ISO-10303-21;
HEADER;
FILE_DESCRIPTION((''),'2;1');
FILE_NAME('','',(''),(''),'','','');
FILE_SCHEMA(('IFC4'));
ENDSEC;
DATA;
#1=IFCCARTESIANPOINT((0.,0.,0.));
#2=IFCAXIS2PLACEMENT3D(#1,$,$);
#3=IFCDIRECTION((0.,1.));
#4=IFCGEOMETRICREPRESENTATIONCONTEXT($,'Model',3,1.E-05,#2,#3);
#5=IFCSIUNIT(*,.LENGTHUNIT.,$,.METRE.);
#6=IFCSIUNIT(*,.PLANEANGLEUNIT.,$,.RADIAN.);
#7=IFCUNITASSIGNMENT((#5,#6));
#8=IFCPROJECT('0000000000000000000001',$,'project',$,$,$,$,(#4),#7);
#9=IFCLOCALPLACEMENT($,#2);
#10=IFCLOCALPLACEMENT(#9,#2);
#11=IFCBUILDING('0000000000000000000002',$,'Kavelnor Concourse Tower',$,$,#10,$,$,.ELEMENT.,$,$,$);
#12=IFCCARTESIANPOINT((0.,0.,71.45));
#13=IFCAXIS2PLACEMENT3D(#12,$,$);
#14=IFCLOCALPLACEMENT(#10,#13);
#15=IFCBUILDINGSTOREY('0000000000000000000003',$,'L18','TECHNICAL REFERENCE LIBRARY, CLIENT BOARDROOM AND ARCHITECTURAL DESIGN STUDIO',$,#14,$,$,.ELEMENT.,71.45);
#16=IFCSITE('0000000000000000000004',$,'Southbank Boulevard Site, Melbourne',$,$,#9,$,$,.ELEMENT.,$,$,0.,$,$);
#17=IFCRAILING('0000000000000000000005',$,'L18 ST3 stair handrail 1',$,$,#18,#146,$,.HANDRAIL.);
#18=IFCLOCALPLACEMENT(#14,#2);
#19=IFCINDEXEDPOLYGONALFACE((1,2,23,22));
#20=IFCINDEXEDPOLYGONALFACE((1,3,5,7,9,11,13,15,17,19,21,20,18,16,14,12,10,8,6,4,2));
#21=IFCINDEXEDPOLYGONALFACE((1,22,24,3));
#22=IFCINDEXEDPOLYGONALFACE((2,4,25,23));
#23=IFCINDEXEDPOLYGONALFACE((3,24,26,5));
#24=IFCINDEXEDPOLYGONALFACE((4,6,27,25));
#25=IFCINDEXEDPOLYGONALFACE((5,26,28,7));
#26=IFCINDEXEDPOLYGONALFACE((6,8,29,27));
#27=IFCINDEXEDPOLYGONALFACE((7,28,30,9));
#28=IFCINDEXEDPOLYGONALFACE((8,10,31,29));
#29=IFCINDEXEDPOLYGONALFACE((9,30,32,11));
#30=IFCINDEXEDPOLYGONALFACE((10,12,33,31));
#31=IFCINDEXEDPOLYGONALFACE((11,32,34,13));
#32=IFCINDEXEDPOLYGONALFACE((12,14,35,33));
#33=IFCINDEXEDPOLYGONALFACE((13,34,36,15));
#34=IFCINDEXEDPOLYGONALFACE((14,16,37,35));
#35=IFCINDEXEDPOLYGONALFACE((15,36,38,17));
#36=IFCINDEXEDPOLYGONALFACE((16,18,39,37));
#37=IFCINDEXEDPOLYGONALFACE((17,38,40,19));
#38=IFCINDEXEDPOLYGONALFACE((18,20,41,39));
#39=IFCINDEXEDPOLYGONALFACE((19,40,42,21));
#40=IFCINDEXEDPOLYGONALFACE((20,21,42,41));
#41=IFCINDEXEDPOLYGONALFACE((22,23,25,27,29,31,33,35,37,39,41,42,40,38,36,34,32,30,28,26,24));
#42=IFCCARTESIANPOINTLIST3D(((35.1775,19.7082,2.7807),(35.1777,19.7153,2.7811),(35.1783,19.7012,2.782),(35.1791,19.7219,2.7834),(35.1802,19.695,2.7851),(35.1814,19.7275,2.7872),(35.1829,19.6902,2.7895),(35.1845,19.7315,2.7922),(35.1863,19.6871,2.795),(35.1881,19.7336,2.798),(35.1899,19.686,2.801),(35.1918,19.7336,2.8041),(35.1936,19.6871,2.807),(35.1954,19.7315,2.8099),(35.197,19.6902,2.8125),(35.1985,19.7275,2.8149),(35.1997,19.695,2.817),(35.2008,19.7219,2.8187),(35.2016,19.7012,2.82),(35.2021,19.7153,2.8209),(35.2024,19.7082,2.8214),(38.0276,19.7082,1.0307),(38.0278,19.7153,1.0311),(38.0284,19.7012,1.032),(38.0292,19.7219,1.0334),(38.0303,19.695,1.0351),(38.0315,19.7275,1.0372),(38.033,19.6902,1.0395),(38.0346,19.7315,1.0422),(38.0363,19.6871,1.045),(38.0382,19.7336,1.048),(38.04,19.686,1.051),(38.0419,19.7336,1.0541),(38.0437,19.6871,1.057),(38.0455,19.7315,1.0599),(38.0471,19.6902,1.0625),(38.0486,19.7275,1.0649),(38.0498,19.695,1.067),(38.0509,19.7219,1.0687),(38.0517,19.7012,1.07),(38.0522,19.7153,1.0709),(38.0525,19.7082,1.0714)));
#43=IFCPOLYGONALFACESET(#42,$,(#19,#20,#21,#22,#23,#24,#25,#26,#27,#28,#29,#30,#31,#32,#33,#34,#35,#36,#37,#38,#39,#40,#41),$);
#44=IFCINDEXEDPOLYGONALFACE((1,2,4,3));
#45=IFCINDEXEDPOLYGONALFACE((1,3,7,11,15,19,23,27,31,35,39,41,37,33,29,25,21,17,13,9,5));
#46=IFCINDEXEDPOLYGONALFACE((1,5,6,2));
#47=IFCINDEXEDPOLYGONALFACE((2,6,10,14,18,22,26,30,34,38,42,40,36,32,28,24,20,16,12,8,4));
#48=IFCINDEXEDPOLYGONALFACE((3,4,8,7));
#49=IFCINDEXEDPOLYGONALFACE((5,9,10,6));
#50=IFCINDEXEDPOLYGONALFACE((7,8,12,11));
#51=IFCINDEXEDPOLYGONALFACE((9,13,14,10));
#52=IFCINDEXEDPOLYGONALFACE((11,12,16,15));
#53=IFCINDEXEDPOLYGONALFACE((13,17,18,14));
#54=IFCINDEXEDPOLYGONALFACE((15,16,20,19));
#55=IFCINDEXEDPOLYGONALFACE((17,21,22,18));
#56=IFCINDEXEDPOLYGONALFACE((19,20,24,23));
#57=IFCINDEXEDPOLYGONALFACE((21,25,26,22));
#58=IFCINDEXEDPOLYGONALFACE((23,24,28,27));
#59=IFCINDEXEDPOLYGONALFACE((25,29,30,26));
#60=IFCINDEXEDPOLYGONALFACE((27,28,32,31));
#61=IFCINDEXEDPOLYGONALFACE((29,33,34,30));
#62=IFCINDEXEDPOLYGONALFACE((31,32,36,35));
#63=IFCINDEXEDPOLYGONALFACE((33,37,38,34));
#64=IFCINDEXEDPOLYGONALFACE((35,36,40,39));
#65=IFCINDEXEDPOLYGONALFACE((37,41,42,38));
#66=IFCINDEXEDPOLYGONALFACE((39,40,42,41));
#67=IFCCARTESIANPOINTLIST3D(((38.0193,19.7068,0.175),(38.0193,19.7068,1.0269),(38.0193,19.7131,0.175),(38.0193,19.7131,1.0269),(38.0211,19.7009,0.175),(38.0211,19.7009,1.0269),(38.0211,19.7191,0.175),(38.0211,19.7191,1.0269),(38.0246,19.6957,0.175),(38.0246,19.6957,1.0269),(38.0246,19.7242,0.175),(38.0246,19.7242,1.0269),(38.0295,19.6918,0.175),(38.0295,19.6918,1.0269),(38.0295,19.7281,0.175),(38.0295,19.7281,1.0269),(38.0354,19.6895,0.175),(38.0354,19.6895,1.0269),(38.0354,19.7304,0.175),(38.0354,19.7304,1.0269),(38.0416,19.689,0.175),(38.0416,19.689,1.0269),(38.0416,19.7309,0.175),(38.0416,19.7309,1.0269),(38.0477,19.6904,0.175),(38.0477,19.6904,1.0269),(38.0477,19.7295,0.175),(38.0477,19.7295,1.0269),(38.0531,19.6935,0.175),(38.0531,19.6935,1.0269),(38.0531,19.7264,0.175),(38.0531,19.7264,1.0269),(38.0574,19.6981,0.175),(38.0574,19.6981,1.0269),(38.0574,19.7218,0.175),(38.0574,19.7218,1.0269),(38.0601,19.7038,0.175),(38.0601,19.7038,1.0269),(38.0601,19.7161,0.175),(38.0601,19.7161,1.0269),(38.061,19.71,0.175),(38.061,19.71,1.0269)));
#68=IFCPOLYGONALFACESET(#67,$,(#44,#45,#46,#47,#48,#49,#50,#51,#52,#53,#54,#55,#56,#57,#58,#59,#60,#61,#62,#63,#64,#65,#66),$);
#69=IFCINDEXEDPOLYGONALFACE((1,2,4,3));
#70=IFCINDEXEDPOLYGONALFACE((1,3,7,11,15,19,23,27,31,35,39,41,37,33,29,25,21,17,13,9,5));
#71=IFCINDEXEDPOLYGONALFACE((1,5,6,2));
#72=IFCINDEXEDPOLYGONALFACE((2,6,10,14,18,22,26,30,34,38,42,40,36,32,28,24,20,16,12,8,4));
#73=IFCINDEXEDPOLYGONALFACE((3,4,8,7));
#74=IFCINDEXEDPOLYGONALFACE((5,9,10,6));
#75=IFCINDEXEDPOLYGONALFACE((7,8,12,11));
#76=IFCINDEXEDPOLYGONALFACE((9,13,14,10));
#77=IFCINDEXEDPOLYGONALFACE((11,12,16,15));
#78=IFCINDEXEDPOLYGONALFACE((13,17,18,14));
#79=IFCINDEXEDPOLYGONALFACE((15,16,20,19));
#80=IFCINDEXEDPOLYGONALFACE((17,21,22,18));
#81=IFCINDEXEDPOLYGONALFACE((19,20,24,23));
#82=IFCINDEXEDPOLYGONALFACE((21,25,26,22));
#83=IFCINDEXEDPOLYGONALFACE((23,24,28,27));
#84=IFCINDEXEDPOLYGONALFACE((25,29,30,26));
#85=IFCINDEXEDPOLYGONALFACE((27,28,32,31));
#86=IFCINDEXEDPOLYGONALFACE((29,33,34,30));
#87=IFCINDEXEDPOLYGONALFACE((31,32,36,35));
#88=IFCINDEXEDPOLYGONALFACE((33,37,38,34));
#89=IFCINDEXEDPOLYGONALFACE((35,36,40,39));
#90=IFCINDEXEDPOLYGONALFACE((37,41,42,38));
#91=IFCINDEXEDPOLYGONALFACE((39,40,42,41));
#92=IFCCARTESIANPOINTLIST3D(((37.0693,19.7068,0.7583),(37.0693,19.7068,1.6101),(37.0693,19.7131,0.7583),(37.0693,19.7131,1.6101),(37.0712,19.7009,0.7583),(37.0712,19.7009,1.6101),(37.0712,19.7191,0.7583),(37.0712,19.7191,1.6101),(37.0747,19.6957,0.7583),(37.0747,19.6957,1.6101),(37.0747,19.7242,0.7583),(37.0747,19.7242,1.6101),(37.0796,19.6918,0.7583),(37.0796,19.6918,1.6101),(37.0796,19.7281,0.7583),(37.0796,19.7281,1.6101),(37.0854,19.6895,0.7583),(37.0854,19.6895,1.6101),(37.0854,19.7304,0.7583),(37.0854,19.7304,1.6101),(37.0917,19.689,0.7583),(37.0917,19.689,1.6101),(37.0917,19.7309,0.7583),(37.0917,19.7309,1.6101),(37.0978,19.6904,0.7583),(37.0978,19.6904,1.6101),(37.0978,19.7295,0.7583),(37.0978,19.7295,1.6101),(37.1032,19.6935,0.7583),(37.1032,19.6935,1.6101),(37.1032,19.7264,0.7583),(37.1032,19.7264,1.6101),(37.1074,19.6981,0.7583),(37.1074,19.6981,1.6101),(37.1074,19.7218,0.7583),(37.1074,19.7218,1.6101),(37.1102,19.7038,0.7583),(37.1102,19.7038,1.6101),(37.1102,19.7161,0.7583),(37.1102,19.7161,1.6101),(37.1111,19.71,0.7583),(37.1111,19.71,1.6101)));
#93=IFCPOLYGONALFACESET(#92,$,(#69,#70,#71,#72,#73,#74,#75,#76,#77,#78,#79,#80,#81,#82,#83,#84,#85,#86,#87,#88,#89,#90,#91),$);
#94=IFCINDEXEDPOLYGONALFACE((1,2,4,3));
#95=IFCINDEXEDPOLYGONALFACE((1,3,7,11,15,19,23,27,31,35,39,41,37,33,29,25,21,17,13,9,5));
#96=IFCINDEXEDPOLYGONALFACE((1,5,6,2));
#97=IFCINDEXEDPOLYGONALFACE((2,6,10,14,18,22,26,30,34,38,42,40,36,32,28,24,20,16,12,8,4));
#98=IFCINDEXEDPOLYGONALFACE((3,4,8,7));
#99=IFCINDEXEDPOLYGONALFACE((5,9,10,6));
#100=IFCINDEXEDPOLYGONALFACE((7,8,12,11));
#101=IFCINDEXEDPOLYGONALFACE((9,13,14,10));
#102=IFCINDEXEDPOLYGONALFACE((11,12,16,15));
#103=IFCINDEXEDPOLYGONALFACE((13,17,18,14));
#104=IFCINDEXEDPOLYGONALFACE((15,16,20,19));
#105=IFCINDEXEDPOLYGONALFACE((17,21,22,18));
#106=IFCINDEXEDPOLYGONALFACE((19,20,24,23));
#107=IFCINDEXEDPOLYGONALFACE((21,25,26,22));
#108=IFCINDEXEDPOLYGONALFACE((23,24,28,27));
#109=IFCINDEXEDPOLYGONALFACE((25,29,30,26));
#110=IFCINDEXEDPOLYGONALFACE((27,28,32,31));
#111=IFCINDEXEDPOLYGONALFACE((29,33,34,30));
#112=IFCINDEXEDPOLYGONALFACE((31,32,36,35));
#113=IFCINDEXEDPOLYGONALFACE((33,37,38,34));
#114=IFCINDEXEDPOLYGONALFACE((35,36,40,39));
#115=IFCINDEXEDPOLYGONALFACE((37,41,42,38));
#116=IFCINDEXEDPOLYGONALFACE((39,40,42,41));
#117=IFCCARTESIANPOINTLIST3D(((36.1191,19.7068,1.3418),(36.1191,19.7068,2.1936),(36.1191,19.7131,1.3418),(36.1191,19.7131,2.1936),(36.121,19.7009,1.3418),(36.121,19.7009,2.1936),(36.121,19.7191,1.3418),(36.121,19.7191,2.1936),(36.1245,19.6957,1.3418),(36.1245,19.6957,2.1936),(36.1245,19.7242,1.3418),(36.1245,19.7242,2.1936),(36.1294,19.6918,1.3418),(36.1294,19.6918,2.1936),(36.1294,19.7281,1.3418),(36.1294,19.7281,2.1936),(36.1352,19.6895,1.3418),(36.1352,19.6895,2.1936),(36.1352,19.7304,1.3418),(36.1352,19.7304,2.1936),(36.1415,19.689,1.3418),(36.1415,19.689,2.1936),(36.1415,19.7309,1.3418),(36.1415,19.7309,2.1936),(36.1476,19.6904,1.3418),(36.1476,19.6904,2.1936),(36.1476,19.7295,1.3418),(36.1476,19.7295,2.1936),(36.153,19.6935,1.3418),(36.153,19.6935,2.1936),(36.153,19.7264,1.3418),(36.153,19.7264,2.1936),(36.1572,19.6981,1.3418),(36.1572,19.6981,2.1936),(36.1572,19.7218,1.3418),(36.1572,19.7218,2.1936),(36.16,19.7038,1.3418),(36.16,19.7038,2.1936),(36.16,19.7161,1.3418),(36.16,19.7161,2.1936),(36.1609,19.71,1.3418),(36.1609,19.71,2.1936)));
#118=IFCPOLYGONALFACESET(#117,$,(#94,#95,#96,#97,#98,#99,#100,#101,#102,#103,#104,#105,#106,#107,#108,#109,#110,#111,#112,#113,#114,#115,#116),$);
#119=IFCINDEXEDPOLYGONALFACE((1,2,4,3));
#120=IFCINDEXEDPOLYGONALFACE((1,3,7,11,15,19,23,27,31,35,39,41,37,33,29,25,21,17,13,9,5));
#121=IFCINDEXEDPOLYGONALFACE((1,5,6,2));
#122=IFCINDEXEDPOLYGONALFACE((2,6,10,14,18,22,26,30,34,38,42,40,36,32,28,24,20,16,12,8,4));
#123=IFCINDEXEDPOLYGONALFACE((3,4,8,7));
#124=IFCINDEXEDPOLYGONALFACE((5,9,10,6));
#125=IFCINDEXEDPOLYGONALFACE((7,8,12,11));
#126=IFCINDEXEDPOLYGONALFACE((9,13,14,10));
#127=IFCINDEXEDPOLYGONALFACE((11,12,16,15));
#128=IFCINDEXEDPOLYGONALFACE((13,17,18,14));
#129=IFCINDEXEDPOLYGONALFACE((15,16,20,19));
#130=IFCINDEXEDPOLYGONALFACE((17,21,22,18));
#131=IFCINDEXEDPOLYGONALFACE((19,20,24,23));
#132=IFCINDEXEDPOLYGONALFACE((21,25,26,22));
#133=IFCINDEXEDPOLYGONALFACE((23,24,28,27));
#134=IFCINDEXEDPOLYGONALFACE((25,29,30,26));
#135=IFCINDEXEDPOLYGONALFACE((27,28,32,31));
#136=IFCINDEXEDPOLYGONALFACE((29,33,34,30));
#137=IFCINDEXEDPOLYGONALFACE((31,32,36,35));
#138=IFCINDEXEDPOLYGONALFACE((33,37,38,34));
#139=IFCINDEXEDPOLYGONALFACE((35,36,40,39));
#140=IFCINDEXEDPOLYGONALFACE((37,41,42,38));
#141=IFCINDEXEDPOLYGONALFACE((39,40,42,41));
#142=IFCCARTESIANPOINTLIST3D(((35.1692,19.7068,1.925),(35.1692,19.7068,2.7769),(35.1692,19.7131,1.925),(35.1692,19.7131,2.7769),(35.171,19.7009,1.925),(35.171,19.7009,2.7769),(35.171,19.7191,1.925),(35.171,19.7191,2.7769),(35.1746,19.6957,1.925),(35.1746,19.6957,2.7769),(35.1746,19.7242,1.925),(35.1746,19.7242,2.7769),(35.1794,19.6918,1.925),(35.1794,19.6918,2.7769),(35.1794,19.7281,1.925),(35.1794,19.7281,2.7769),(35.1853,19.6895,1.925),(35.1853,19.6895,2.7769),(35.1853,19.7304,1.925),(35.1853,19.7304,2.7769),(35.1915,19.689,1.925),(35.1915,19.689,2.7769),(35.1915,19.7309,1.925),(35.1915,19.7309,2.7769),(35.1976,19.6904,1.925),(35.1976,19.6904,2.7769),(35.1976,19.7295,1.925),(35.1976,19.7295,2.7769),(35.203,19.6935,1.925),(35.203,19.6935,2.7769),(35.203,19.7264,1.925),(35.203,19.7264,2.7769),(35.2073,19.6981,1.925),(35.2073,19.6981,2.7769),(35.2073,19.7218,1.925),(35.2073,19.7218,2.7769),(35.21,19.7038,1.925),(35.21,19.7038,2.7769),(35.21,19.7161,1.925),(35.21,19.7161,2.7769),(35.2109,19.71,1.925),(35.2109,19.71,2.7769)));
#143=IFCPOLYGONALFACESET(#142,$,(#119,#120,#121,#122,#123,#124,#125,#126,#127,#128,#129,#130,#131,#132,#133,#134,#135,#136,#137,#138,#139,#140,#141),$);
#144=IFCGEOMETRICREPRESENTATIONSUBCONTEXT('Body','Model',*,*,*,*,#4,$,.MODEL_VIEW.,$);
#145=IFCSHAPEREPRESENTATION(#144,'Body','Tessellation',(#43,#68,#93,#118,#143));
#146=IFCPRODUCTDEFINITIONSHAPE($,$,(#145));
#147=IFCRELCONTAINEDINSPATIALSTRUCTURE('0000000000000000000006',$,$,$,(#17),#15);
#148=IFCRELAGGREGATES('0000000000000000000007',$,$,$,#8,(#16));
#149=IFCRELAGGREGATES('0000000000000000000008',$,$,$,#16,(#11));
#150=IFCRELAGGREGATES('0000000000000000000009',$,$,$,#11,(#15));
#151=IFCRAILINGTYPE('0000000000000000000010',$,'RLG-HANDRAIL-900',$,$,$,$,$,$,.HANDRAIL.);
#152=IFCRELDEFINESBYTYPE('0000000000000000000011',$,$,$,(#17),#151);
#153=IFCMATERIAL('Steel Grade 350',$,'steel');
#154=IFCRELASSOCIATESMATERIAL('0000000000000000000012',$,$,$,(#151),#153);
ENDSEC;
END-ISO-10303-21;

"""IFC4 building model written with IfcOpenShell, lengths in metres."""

from ifc_helpers import new_model, si_unit, direction, frame, origin, origin_2d, place, context, subcontext, project, spatial, circle, extrude, material, type_object, element, save


model = new_model("IFC4")

# Units and contexts
model_context = context("Model", 3, precision=1e-05, world=origin(), true_north=direction((0.0, 1.0)))
body_context = subcontext(model_context, "Body", "Model", "MODEL_VIEW")
ifc_project = project(units=[si_unit("LENGTHUNIT", "METRE"), si_unit("PLANEANGLEUNIT", "RADIAN")], contexts=[model_context])

# Site, building, storey
site_placement = place(None, origin())
site = spatial("IfcSite", under=ifc_project, at=site_placement, Name="Southbank Boulevard Site, Melbourne", CompositionType="ELEMENT", RefElevation=0.0)
building_placement = place(site_placement, origin())
building = spatial("IfcBuilding", under=site, at=building_placement, Name="Kavelnor Concourse Tower", CompositionType="ELEMENT")
storey_placement = place(building_placement, frame((0.0, 0.0, 71.45)))
storey = spatial("IfcBuildingStorey", under=building, at=storey_placement, Name="L18", Description="TECHNICAL REFERENCE LIBRARY, CLIENT BOARDROOM AND ARCHITECTURAL DESIGN STUDIO", CompositionType="ELEMENT", Elevation=71.45)

# Shared definitions
ifc_material_1 = material(Name="Steel Grade 350", Category="steel")

# Railing
railing_type_1 = type_object("IfcRailingType", Name="RLG-HANDRAIL-900", PredefinedType="HANDRAIL", material=ifc_material_1)
railing_1_placement = place(storey_placement, frame((38.04, 19.71, 0.175)))
element("IfcRailing", 1, at=railing_1_placement, inside=storey, type_object=railing_type_1, Name="L18 ST3 stair handrail 1", PredefinedType="HANDRAIL", context=body_context, shape_type="SweptSolid", body=[
    extrude(circle(Radius=0.0239, at=origin_2d()), frame((0.0, 0.0, 0.876), z_axis=(-0.852179, 0.0, 0.52325), x_axis=(0.0, -1.0, 0.0)), (0.0, 0.0, 1.0), 3.3445),
    extrude(circle(Radius=0.021, at=origin_2d()), origin(), (0.0, 0.0, 1.0), 0.8518),
    extrude(circle(Radius=0.021, at=origin_2d()), frame((-0.95, 0.0, 0.5833)), (0.0, 0.0, 1.0), 0.8518),
    extrude(circle(Radius=0.021, at=origin_2d()), frame((-1.9001, 0.0, 1.1667)), (0.0, 0.0, 1.0), 0.8518),
    extrude(circle(Radius=0.021, at=origin_2d()), frame((-2.8501, 0.0, 1.75)), (0.0, 0.0, 1.0), 0.8518),
])

save(model, "model.ifc")
